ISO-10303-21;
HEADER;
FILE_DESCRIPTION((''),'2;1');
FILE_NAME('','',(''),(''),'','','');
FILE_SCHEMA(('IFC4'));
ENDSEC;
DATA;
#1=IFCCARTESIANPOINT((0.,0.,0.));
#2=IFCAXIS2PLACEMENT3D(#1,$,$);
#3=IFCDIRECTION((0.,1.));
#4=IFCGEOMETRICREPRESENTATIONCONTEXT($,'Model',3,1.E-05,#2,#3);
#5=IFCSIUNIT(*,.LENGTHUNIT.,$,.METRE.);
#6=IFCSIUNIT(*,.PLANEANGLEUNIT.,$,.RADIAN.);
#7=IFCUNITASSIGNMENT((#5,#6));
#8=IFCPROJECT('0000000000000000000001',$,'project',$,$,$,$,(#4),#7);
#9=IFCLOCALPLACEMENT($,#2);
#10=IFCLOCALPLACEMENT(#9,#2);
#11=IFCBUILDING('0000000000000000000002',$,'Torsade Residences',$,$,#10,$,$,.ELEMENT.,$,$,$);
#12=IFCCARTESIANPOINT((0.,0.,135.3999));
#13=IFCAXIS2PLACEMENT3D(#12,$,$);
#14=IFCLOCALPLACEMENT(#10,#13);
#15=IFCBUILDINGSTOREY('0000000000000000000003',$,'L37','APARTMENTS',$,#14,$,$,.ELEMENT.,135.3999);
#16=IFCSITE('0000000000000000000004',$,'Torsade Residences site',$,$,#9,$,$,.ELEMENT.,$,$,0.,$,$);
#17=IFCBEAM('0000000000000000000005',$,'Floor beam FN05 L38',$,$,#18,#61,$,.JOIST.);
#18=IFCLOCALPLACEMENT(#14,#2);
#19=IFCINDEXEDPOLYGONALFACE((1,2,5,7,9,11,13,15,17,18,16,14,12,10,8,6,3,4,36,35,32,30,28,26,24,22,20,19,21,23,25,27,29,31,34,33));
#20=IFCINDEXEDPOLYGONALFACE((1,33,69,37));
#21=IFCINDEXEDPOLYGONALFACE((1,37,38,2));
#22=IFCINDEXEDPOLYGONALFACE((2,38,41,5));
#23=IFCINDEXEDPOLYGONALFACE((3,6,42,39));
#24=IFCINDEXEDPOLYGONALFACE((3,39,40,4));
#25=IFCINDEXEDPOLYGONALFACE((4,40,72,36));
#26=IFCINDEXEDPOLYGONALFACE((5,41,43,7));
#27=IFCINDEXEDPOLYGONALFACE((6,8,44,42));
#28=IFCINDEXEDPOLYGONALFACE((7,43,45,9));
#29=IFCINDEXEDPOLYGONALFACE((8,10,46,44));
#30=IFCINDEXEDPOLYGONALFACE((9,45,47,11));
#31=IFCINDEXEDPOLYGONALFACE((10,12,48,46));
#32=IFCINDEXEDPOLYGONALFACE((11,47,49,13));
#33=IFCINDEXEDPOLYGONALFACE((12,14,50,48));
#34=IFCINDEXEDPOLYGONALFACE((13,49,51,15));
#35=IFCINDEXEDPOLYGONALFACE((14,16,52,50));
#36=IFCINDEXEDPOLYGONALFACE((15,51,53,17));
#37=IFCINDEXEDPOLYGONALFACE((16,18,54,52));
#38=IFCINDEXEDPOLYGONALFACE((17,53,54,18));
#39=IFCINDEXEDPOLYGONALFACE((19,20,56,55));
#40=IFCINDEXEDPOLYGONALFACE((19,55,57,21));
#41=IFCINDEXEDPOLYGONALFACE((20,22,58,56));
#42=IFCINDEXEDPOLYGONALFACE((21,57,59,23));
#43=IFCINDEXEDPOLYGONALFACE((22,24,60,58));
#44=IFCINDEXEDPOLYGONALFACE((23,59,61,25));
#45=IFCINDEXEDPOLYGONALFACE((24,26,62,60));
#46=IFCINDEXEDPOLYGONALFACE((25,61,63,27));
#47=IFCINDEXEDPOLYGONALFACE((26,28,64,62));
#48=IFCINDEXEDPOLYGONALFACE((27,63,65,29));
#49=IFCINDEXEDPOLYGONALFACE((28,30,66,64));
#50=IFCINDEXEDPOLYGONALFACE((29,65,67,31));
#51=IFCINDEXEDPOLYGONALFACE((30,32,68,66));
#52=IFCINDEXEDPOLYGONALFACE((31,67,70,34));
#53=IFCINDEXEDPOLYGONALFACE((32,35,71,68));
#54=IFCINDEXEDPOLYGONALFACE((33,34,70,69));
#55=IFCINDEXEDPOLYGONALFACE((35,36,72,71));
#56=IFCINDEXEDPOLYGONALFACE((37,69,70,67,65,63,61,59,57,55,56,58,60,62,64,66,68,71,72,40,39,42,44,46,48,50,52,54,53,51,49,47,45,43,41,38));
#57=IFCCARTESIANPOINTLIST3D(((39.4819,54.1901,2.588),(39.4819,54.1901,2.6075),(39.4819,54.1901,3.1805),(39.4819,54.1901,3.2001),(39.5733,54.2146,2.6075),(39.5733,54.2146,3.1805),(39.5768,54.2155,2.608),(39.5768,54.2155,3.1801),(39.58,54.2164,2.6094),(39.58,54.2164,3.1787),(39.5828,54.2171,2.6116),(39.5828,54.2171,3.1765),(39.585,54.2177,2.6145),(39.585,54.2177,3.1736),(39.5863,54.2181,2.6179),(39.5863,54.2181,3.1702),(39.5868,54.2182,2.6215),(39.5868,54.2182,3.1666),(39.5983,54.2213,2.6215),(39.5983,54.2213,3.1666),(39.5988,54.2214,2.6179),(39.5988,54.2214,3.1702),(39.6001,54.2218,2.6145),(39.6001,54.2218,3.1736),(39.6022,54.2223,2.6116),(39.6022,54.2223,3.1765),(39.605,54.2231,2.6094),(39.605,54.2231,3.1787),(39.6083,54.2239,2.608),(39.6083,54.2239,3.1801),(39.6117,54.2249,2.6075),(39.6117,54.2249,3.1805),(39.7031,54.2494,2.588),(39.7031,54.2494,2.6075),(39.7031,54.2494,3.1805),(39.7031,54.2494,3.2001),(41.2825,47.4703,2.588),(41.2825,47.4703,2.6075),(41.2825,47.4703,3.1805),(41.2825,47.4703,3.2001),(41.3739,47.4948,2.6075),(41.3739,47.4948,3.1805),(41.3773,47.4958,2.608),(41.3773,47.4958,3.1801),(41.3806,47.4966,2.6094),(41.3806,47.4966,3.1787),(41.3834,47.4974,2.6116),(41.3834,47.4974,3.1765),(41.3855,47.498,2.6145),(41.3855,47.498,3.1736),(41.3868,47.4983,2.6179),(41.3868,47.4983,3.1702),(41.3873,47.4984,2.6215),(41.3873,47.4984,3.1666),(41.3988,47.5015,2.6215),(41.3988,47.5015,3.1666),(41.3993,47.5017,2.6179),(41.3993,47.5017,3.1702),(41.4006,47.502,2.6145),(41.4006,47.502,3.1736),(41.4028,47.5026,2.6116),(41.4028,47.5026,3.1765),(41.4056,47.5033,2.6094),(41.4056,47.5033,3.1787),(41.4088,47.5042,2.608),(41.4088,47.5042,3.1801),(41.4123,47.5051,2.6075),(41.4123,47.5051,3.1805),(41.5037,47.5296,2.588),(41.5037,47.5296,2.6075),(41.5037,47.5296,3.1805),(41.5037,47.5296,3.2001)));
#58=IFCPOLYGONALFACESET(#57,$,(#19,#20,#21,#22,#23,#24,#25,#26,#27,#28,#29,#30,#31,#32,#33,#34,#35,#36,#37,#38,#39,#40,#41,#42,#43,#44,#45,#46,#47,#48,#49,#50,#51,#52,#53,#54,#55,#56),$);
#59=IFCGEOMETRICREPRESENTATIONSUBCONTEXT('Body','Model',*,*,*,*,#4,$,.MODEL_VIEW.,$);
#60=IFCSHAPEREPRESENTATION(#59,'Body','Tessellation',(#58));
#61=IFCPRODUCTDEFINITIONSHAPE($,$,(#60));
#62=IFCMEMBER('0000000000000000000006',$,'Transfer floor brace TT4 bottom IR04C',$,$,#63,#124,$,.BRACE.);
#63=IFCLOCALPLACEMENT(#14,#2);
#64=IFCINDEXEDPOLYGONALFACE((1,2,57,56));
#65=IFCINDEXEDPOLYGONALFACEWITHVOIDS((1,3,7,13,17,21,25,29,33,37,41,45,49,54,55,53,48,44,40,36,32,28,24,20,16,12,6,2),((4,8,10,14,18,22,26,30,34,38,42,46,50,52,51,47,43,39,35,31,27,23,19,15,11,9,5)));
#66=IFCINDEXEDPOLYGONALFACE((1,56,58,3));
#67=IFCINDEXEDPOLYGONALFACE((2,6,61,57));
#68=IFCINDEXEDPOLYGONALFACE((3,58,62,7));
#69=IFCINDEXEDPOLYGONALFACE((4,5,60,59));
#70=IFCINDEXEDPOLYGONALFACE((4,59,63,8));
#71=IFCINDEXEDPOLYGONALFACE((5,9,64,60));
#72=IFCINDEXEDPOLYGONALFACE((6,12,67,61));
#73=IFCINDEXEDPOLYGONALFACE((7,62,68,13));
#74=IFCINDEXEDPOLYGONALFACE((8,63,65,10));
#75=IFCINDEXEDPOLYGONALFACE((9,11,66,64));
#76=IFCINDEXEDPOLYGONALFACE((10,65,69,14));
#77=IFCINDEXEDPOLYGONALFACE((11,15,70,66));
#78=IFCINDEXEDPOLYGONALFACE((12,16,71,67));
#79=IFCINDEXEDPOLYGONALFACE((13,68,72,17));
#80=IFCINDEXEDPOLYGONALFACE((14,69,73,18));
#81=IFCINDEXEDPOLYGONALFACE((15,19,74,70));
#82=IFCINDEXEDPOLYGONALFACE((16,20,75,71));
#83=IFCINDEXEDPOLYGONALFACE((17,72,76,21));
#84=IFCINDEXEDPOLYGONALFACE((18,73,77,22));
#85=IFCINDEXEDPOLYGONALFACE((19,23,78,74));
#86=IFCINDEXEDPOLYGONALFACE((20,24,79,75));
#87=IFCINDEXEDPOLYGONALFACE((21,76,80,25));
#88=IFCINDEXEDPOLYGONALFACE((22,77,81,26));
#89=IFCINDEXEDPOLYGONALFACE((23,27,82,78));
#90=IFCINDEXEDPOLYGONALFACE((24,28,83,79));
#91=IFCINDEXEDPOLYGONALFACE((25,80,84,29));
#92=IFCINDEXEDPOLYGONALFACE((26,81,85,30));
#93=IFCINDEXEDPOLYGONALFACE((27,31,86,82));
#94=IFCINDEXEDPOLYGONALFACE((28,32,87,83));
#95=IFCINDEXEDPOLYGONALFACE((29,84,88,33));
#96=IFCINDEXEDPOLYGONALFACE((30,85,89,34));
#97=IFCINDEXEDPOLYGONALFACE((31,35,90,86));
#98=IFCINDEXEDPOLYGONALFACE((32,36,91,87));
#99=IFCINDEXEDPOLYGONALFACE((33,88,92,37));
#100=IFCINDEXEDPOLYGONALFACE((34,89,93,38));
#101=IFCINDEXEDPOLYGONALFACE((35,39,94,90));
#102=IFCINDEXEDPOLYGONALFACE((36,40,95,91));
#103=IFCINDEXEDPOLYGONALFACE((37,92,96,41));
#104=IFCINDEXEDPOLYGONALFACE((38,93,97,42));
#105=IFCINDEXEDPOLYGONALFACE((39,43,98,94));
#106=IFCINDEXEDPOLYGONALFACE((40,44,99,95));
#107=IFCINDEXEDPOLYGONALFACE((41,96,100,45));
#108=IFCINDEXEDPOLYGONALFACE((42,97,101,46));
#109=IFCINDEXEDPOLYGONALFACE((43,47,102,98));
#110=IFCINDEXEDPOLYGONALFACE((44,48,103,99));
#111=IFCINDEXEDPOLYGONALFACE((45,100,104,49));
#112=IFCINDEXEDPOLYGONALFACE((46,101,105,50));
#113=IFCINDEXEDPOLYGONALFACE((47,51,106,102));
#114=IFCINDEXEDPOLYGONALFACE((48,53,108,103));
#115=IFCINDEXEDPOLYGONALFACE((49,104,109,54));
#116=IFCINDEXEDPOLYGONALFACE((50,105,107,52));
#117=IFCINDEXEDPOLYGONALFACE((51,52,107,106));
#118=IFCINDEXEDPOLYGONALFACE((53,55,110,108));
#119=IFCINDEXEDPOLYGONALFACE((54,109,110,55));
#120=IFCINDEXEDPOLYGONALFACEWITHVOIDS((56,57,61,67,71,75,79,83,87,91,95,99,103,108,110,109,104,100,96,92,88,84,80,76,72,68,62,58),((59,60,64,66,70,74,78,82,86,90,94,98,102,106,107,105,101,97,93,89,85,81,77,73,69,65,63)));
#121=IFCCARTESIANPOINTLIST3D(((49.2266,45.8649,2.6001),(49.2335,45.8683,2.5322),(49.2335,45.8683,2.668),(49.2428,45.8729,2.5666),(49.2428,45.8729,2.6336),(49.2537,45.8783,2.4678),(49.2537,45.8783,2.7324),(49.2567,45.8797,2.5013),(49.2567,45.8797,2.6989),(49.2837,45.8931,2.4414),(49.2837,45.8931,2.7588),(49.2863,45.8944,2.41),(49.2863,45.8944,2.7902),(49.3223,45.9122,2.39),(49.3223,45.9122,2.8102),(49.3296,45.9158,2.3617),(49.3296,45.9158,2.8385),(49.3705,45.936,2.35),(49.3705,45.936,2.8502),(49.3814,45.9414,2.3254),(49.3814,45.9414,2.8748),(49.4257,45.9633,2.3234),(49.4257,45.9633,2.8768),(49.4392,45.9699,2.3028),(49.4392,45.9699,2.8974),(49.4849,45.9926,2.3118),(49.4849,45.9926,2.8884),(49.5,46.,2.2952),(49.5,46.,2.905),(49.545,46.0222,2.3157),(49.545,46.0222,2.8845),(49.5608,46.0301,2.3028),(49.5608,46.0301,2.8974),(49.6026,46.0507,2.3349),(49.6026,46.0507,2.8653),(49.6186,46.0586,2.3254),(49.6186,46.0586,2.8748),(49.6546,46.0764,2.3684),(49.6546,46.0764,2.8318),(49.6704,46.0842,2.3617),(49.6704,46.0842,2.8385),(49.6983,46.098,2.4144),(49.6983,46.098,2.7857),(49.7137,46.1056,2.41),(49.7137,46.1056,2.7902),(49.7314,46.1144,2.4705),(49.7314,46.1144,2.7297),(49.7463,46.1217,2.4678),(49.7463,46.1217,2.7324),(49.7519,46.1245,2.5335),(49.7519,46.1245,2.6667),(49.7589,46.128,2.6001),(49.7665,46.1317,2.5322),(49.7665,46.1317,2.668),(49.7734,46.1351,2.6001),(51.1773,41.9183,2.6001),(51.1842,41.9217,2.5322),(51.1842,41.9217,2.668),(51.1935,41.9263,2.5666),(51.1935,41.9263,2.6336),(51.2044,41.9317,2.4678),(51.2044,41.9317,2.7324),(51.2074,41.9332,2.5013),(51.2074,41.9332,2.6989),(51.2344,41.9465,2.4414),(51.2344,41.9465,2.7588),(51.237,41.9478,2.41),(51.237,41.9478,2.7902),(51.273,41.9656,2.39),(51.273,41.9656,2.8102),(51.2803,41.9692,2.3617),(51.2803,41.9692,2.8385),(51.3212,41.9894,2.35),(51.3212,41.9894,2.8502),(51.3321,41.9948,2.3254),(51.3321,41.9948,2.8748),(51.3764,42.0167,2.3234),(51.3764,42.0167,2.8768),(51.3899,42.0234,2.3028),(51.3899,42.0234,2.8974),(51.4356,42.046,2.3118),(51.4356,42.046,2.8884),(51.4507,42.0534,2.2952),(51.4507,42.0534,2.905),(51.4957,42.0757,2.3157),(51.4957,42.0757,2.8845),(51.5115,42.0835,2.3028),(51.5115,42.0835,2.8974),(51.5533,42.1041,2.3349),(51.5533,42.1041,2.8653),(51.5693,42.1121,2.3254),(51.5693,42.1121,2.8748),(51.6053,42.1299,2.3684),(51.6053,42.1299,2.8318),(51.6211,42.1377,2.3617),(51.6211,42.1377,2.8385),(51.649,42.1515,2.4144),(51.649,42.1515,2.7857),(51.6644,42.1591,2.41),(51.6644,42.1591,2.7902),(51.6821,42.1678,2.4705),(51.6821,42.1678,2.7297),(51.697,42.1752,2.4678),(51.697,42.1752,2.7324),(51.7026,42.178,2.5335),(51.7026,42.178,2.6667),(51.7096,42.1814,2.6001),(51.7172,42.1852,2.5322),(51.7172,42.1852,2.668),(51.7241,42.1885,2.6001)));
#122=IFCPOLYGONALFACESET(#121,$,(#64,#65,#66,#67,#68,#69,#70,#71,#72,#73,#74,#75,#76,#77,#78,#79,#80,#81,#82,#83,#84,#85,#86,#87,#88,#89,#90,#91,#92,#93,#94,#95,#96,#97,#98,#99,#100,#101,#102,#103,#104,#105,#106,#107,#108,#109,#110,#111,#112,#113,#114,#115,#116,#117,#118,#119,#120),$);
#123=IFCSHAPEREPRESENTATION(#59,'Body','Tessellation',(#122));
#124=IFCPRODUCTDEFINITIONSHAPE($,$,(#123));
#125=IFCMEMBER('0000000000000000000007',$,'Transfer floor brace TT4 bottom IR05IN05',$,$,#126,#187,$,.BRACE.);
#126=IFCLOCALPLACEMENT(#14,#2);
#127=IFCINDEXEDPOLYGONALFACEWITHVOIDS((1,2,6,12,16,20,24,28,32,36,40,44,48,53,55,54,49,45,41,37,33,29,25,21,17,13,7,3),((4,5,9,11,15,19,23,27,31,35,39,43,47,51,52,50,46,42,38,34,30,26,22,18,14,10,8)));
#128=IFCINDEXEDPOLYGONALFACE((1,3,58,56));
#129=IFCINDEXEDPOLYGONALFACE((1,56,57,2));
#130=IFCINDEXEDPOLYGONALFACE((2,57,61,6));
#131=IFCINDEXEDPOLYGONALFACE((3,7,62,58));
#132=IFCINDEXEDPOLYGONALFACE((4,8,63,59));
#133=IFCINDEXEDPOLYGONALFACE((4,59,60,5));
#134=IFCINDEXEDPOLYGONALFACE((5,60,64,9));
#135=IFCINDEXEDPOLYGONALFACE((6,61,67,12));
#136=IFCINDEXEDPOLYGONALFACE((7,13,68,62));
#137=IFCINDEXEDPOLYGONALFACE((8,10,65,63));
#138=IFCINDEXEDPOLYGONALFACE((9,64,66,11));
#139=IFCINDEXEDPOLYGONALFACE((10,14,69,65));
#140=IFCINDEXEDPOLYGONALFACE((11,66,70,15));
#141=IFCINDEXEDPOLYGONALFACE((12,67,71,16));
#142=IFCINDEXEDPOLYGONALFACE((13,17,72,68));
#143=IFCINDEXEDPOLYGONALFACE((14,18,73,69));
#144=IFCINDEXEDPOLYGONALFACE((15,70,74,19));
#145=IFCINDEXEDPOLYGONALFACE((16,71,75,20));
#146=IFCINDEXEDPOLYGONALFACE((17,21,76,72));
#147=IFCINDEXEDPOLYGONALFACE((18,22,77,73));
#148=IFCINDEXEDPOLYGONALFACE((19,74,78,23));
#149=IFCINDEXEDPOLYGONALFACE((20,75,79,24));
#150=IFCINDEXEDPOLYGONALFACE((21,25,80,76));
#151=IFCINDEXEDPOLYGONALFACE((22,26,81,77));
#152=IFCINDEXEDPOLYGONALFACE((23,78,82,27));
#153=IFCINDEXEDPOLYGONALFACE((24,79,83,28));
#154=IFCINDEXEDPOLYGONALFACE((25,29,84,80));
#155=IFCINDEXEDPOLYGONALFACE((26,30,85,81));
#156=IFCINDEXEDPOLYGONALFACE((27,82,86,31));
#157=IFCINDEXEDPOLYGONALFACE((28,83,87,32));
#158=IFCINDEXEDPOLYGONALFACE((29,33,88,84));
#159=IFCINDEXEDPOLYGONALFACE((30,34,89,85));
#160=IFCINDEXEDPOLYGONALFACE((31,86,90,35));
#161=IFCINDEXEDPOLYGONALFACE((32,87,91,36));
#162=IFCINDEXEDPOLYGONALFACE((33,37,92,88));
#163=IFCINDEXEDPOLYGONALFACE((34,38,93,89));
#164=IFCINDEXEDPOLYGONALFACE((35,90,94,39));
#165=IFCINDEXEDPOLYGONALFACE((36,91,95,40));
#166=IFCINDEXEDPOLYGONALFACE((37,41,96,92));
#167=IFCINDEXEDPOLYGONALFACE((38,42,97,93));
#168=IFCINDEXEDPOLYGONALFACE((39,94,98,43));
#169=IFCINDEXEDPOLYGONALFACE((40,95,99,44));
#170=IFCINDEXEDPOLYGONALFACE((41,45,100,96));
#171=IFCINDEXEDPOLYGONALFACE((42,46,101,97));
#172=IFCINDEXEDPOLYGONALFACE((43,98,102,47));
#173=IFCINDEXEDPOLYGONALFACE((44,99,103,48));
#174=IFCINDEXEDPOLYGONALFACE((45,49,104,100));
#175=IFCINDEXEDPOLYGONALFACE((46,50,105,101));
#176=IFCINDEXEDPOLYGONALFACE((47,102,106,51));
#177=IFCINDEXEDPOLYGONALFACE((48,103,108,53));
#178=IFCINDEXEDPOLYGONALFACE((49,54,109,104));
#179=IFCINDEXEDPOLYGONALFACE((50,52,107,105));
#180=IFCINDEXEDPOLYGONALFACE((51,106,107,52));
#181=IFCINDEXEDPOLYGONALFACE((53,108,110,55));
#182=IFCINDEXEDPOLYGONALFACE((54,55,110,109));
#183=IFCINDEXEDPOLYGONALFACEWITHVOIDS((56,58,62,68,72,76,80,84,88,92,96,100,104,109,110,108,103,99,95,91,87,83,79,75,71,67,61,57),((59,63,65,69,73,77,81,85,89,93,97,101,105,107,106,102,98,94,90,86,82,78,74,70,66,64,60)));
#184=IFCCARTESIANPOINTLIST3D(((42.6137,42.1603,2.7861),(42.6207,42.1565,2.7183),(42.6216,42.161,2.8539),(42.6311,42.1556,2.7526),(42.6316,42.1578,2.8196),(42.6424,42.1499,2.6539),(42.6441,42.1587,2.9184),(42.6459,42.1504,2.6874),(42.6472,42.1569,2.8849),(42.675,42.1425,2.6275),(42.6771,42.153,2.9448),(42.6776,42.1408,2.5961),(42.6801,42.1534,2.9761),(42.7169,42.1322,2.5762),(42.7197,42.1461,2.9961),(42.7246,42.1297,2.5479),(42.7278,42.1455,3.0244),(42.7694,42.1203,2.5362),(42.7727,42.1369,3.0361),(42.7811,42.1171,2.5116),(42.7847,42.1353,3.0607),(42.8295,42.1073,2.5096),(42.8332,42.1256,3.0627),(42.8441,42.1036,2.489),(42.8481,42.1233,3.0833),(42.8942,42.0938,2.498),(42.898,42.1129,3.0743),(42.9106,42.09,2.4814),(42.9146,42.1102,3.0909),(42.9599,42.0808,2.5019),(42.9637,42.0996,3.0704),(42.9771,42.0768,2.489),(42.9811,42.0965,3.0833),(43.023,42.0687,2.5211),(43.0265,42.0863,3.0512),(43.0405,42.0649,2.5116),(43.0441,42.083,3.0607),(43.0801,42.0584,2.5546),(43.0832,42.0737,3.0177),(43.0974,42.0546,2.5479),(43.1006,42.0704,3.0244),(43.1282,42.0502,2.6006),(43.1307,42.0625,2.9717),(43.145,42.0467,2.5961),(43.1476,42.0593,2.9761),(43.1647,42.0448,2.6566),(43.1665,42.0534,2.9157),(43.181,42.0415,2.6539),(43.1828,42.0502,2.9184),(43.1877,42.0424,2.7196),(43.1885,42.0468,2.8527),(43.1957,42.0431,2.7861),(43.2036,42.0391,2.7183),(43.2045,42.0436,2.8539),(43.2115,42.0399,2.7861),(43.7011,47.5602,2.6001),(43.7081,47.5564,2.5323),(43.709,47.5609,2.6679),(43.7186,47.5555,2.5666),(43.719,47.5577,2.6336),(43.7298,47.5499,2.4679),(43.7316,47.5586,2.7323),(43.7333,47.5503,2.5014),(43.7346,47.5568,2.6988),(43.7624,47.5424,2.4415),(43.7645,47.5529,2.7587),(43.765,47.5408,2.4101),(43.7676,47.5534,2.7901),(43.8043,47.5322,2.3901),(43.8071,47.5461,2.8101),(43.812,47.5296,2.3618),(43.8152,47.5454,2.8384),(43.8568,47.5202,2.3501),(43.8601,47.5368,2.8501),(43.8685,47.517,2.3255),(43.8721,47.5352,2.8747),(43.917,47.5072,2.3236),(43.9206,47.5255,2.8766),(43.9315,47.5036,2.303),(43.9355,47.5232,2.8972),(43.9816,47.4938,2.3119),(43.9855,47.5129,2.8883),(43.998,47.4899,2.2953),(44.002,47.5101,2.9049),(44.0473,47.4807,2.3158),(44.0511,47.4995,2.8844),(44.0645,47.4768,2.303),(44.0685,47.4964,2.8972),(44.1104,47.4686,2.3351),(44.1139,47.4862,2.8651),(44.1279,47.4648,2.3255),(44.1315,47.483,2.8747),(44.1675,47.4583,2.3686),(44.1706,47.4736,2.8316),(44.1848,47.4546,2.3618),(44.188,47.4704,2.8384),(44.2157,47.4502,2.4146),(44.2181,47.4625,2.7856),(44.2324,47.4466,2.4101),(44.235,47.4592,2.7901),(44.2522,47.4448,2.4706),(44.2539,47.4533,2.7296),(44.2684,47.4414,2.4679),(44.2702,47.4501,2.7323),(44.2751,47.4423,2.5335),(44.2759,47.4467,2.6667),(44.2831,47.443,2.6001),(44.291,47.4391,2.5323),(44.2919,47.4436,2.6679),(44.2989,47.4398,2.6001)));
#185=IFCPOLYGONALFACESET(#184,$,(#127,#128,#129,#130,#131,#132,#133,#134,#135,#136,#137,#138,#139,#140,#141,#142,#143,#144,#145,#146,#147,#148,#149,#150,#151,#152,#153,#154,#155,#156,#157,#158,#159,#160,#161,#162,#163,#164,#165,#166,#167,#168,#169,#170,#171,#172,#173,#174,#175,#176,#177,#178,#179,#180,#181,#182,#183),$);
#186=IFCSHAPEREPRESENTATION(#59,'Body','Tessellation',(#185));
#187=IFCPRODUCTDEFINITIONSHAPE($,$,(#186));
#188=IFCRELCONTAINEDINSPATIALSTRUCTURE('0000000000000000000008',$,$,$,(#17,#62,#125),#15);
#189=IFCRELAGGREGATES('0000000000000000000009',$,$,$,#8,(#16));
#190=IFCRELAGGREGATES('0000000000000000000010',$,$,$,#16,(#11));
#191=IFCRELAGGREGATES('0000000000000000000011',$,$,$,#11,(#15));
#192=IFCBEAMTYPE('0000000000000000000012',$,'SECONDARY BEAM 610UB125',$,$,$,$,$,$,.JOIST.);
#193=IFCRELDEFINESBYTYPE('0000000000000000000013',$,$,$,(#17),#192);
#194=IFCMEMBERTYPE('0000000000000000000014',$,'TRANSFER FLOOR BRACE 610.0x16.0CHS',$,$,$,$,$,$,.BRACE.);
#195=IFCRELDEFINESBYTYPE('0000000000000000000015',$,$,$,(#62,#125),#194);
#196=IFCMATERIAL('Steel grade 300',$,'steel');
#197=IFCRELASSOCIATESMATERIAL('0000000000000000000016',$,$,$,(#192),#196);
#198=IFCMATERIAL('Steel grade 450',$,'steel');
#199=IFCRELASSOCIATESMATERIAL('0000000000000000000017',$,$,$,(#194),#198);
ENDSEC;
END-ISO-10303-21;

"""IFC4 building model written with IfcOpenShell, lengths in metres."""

from ifc_helpers import new_model, si_unit, direction, frame, origin, origin_2d, place, context, subcontext, project, spatial, hollow_circle, i_section, extrude, material, material_profile, profile_set, type_object, element, save


model = new_model("IFC4")

# Units and contexts
model_context = context("Model", 3, precision=1e-05, world=origin(), true_north=direction((0.0, 1.0)))
body_context = subcontext(model_context, "Body", "Model", "MODEL_VIEW")
ifc_project = project(units=[si_unit("LENGTHUNIT", "METRE"), si_unit("PLANEANGLEUNIT", "RADIAN")], contexts=[model_context])

# Site, building, storey
site_placement = place(None, origin())
site = spatial("IfcSite", under=ifc_project, at=site_placement, Name="Torsade Residences site", CompositionType="ELEMENT", RefElevation=0.0)
building_placement = place(site_placement, origin())
building = spatial("IfcBuilding", under=site, at=building_placement, Name="Torsade Residences", CompositionType="ELEMENT")
storey_placement = place(building_placement, frame((0.0, 0.0, 135.3999)))
storey = spatial("IfcBuildingStorey", under=building, at=storey_placement, Name="L37", Description="APARTMENTS", CompositionType="ELEMENT", Elevation=135.3999)

# Beam
ifc_material_1 = material(Name="Steel grade 300", Category="steel")
ifc_material_profile_1 = material_profile(ifc_material_1, i_section(OverallWidth=0.229, OverallDepth=0.6121, WebThickness=0.012, FlangeThickness=0.0195, FilletRadius=0.0139, at=origin_2d()), Name="610UB125")
ifc_profile_set_1 = profile_set([ifc_material_profile_1], Name="Steel grade 300")
beam_type_1 = type_object("IfcBeamType", Name="SECONDARY BEAM 610UB125", PredefinedType="JOIST", material=ifc_profile_set_1)
beam_1_placement = place(storey_placement, frame((39.5925, 54.2197, 2.894), z_axis=(0.258818, -0.965926, 0.0), x_axis=(0.965926, 0.258818, 0.0)))
element("IfcBeam", 1, at=beam_1_placement, inside=storey, type_object=beam_type_1, Name="Floor beam FN05 L38", PredefinedType="JOIST", context=body_context, shape_type="SweptSolid", body=[
    extrude(i_section(OverallWidth=0.229, OverallDepth=0.6121, WebThickness=0.012, FlangeThickness=0.0195, FilletRadius=0.0139, at=origin_2d()), origin(), (0.0, 0.0, 1.0), 6.9568),
])

# Members
ifc_material_2 = material(Name="Steel grade 450", Category="steel")
ifc_material_profile_2 = material_profile(ifc_material_2, hollow_circle(Radius=0.3049, WallThickness=0.0161, at=origin_2d()), Name="610.0x16.0CHS")
ifc_profile_set_2 = profile_set([ifc_material_profile_2], Name="Steel grade 450")
member_type_1 = type_object("IfcMemberType", Name="TRANSFER FLOOR BRACE 610.0x16.0CHS", PredefinedType="BRACE", material=ifc_profile_set_2)
member_1_placement = place(storey_placement, frame((49.5, 46.0, 2.6001), z_axis=(0.443105, -0.89647, 0.0), x_axis=(0.89647, 0.443105, 0.0)))
element("IfcMember", 2, at=member_1_placement, inside=storey, type_object=member_type_1, Name="Transfer floor brace TT4 bottom IR04C", PredefinedType="BRACE", context=body_context, shape_type="SweptSolid", body=[
    extrude(hollow_circle(Radius=0.3049, WallThickness=0.0161, at=origin_2d()), origin(), (0.0, 0.0, 1.0), 4.4023),
])
member_2_placement = place(storey_placement, frame((44.0, 47.5, 2.6001), z_axis=(-0.197299, -0.979762, 0.033754), x_axis=(0.980321, -0.197412, 0.0)))
element("IfcMember", 3, at=member_2_placement, inside=storey, type_object=member_type_1, Name="Transfer floor brace TT4 bottom IR05IN05", PredefinedType="BRACE", context=body_context, shape_type="SweptSolid", body=[
    extrude(hollow_circle(Radius=0.3049, WallThickness=0.0161, at=origin_2d()), origin(), (0.0, 0.0, 1.0), 5.5115),
])

save(model, "model.ifc")
